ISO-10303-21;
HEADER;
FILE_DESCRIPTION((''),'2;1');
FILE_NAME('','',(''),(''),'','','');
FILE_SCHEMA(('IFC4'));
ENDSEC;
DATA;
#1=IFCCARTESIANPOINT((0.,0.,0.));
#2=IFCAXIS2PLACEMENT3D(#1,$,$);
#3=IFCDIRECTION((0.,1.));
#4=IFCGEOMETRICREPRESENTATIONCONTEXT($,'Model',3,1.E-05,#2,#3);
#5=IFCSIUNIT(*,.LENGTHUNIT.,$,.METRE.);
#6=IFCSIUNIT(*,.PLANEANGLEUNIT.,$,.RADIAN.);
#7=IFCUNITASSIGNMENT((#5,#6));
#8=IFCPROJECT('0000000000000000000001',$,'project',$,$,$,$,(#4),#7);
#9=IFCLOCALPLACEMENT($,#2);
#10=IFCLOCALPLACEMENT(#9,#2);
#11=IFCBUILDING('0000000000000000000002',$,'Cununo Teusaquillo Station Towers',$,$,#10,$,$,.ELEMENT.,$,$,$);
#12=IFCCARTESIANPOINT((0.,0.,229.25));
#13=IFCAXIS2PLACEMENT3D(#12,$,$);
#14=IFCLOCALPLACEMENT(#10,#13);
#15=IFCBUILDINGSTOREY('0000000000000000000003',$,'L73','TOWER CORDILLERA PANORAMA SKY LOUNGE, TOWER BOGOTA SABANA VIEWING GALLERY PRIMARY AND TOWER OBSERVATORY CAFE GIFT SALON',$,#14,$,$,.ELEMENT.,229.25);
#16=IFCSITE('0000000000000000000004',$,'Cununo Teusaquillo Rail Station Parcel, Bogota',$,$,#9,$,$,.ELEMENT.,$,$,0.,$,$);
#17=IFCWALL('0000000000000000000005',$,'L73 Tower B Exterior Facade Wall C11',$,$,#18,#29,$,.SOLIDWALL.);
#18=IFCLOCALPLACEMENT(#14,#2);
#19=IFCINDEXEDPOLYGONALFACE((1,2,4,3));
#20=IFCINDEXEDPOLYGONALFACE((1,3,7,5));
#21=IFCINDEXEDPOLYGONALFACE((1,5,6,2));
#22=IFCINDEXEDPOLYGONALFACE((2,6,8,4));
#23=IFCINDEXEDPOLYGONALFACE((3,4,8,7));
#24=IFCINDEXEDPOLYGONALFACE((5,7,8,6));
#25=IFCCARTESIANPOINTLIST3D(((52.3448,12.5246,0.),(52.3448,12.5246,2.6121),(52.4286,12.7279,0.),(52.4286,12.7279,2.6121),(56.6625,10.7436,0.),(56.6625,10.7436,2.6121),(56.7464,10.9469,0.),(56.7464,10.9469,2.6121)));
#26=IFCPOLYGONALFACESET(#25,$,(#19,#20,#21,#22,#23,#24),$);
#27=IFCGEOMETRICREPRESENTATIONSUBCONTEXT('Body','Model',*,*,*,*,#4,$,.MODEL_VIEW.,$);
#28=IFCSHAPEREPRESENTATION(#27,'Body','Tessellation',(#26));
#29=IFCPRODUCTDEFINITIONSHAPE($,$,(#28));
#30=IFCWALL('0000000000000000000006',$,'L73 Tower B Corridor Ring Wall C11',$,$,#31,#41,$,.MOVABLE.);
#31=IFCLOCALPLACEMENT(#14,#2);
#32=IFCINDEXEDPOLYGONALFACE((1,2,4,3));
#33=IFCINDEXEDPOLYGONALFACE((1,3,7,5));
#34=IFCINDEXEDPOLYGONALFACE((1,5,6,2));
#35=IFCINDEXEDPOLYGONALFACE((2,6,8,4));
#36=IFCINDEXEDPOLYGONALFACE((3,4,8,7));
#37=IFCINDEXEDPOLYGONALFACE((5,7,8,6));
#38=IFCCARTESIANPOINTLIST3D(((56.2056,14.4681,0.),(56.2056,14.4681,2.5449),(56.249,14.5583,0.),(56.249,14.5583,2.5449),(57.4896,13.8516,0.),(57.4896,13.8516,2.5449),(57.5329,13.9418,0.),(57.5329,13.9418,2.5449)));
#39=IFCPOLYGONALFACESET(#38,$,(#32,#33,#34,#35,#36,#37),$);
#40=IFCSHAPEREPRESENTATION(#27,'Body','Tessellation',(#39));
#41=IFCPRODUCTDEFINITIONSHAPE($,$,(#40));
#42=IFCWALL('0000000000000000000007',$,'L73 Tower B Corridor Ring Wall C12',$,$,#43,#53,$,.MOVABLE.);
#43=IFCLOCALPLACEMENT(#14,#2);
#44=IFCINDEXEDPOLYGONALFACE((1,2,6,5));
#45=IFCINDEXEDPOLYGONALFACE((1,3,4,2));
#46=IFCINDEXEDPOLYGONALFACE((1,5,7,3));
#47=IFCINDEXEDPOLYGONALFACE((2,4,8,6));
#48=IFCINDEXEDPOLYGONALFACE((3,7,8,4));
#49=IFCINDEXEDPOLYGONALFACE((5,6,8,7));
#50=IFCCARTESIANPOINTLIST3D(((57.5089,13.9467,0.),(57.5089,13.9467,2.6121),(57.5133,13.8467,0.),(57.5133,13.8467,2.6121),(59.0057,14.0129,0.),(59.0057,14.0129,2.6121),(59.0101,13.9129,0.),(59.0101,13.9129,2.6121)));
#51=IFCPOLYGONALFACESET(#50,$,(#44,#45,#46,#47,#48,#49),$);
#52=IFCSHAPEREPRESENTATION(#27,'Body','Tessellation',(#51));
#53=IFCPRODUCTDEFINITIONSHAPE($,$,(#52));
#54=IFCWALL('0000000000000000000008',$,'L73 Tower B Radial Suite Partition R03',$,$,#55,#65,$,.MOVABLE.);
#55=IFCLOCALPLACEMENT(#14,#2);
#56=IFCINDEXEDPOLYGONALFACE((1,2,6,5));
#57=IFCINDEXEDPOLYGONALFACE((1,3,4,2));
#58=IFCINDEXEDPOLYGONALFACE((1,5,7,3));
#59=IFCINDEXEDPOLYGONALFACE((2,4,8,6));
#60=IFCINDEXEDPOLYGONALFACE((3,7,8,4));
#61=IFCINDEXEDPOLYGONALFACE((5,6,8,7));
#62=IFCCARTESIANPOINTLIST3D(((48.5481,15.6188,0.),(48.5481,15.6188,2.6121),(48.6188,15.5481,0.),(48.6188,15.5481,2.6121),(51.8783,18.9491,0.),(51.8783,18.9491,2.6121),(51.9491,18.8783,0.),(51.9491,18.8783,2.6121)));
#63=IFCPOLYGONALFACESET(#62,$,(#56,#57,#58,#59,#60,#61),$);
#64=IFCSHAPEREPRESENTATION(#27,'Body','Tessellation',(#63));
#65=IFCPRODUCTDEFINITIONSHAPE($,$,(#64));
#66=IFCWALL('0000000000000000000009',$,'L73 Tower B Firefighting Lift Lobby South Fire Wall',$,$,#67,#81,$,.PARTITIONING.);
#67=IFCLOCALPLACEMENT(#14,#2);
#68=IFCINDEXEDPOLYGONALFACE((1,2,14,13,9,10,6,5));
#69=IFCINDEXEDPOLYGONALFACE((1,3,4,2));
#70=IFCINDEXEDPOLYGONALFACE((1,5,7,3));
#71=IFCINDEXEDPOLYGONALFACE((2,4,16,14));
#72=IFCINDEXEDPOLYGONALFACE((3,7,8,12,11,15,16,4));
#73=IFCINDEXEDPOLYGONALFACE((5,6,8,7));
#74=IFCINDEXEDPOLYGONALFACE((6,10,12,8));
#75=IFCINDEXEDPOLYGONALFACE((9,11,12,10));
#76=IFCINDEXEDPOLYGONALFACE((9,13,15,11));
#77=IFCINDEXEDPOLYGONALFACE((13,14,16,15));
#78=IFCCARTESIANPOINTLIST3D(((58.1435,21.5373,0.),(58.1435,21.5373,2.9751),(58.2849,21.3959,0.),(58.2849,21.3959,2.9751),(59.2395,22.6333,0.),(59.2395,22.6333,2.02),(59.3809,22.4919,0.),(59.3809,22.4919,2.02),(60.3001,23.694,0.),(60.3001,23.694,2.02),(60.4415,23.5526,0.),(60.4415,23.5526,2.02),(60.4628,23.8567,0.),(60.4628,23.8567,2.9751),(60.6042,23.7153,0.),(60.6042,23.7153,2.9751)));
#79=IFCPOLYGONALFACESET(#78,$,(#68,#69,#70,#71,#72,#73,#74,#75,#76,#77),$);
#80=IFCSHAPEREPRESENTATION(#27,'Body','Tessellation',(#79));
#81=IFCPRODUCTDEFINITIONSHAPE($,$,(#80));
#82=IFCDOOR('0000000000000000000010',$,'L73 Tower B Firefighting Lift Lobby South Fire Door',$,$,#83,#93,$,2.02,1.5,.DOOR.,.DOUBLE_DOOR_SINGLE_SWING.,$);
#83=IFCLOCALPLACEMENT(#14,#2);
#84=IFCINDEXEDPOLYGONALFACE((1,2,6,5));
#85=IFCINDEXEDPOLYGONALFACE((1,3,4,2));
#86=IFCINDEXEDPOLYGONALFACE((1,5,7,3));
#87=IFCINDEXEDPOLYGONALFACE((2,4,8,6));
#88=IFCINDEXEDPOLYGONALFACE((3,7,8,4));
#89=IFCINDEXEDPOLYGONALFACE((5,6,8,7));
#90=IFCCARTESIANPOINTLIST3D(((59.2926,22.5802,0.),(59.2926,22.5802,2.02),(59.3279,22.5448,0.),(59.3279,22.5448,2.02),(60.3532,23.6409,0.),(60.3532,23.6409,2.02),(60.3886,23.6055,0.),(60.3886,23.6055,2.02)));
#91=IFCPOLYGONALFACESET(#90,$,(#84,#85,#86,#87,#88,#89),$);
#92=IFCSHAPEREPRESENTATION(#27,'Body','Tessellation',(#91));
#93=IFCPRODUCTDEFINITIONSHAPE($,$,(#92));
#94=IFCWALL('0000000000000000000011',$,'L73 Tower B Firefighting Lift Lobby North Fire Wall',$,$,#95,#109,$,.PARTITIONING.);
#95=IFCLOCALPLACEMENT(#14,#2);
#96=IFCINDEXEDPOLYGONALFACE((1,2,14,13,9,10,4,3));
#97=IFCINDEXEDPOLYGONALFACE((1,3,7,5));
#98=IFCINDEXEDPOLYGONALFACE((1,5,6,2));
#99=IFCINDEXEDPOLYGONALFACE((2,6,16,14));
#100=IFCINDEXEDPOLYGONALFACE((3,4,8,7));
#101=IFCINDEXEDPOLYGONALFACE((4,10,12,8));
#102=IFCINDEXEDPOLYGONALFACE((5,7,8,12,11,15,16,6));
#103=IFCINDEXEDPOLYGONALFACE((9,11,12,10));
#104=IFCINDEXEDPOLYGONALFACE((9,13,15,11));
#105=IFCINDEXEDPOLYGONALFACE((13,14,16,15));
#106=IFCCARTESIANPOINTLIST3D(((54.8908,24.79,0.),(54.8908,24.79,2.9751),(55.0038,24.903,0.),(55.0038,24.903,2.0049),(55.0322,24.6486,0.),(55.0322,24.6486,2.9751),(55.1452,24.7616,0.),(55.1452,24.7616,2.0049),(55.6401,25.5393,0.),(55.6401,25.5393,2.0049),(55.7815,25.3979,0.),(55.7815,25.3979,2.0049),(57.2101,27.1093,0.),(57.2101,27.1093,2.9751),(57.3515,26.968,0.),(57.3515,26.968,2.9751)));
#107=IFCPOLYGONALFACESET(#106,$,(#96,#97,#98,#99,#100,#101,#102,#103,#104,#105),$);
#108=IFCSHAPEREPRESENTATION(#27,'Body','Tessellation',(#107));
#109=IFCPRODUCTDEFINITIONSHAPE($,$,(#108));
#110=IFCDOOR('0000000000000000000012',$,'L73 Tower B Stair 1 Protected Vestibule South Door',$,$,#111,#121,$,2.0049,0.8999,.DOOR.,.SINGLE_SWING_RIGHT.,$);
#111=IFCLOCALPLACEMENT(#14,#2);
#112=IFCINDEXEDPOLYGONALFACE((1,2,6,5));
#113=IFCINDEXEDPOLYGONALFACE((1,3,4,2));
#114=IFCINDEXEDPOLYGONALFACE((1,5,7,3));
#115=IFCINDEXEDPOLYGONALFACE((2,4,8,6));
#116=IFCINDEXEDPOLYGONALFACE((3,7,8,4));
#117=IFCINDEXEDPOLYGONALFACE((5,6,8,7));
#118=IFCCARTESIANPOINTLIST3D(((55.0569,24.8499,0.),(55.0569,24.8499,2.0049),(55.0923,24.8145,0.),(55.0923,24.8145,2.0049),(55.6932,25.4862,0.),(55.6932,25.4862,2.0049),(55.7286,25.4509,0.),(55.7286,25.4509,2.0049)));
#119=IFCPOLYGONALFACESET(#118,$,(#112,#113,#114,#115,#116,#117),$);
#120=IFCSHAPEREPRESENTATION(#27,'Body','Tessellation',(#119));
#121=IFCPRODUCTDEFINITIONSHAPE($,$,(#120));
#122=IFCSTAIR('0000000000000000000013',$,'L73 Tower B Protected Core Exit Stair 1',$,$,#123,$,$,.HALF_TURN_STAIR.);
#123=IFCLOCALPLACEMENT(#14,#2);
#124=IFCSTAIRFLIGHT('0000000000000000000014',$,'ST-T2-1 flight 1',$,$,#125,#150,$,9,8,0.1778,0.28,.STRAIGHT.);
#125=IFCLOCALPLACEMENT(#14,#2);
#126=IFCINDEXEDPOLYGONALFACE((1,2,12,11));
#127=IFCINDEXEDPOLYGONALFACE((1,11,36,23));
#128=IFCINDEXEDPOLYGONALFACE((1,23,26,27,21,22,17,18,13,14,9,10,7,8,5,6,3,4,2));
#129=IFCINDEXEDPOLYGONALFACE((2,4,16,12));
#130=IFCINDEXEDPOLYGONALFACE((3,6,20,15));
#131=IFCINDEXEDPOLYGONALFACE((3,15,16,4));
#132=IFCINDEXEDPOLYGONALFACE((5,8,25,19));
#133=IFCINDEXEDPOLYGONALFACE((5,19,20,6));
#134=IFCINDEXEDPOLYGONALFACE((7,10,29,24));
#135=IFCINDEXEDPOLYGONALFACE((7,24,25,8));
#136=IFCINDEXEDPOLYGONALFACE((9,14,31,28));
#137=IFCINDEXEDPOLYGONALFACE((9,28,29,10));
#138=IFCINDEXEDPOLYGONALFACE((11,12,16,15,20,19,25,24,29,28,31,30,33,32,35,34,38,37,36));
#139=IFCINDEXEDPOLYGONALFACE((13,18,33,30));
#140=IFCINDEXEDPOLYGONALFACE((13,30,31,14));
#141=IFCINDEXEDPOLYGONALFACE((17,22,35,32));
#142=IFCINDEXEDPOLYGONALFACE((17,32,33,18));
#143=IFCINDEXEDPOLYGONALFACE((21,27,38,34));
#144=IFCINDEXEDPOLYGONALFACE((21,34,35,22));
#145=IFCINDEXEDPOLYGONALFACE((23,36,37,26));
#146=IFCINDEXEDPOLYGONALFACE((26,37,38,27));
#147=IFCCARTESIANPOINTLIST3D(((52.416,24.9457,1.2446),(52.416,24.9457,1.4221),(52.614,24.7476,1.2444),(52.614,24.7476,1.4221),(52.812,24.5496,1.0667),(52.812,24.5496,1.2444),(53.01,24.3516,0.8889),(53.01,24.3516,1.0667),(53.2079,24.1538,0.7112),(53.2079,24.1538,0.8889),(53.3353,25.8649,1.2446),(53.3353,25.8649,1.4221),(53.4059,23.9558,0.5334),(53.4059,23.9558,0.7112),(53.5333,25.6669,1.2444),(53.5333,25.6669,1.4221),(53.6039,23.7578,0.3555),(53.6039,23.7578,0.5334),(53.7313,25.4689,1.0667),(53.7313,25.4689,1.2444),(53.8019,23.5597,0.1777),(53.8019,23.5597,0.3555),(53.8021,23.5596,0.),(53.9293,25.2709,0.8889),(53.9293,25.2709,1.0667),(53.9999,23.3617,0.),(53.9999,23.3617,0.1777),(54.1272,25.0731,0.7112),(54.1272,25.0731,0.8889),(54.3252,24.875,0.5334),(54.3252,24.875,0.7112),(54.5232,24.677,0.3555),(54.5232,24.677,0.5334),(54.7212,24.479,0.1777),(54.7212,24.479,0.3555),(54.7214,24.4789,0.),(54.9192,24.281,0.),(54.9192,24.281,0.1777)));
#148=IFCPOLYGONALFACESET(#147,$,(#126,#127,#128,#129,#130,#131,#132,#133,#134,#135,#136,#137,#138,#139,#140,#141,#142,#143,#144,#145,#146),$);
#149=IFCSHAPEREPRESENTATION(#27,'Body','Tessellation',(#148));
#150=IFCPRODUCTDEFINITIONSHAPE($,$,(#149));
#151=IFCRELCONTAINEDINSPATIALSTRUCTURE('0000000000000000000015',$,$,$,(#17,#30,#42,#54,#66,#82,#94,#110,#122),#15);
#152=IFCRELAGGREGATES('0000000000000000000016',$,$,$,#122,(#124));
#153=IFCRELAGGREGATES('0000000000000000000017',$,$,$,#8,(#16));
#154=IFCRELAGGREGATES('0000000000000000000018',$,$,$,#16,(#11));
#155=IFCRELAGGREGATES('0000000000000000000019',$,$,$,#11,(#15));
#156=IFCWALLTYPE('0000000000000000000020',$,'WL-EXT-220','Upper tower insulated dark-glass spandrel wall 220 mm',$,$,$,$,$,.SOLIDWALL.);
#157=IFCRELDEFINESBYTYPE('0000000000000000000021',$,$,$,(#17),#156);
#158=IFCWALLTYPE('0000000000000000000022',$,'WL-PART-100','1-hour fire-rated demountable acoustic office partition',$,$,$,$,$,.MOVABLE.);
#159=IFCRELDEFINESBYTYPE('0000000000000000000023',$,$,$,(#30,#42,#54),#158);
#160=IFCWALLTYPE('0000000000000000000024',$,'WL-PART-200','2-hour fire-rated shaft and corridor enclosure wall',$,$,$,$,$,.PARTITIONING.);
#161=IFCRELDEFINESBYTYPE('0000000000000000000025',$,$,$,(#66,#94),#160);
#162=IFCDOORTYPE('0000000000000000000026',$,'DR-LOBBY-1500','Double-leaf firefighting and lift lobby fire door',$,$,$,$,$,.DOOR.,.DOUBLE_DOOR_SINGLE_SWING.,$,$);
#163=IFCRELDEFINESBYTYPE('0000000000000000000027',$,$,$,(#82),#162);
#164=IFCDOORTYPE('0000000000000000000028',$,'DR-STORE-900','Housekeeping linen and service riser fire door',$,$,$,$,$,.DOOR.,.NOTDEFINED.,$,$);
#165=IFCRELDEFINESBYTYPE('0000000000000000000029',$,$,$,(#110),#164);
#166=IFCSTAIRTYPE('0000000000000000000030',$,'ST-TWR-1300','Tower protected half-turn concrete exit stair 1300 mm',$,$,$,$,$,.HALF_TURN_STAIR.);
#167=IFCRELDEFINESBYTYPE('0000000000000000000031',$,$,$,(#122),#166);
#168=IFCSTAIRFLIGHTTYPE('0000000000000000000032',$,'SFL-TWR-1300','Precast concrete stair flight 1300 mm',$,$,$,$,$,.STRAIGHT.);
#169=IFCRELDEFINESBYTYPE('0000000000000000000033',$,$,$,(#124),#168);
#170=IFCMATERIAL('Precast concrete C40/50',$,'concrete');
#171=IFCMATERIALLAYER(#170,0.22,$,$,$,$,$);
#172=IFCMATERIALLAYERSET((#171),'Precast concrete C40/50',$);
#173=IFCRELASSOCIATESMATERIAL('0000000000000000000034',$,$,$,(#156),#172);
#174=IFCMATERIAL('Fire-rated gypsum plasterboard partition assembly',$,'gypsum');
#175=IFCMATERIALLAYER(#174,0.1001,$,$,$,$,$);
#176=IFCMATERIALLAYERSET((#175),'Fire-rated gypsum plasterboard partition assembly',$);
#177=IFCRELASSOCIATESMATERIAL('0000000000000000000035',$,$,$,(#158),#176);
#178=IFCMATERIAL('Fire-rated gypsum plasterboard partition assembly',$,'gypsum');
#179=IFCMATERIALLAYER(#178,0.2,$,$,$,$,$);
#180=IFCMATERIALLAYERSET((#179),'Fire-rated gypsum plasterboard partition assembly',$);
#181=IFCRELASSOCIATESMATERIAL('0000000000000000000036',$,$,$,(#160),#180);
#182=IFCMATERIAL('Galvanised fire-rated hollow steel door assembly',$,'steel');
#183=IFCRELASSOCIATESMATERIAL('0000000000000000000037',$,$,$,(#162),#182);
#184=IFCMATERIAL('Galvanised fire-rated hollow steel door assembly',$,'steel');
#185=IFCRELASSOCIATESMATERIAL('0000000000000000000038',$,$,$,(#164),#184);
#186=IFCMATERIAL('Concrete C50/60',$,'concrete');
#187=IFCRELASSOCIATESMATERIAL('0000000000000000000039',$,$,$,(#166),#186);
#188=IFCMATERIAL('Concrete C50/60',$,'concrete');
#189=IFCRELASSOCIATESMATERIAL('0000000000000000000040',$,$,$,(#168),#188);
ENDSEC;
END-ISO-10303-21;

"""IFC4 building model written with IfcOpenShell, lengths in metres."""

from ifc_helpers import new_model, si_unit, direction, frame, frame_2d, origin, place, context, subcontext, project, spatial, polyline, rectangle, outline, extrude, source, transform, mapped, material, layer, layer_set, type_object, element, fill, aggregate, save


model = new_model("IFC4")

# Units and contexts
model_context = context("Model", 3, precision=1e-05, world=origin(), true_north=direction((0.0, 1.0)))
body_context = subcontext(model_context, "Body", "Model", "MODEL_VIEW")
ifc_project = project(units=[si_unit("LENGTHUNIT", "METRE"), si_unit("PLANEANGLEUNIT", "RADIAN")], contexts=[model_context])

# Site, building, storey
site_placement = place(None, origin())
site = spatial("IfcSite", under=ifc_project, at=site_placement, Name="Cununo Teusaquillo Rail Station Parcel, Bogota", CompositionType="ELEMENT", RefElevation=0.0)
building_placement = place(site_placement, origin())
building = spatial("IfcBuilding", under=site, at=building_placement, Name="Cununo Teusaquillo Station Towers", CompositionType="ELEMENT")
storey_placement = place(building_placement, frame((0.0, 0.0, 229.25)))
storey = spatial("IfcBuildingStorey", under=building, at=storey_placement, Name="L73", Description="TOWER CORDILLERA PANORAMA SKY LOUNGE, TOWER BOGOTA SABANA VIEWING GALLERY PRIMARY AND TOWER OBSERVATORY CAFE GIFT SALON", CompositionType="ELEMENT", Elevation=229.25)

# Shared definitions
ifc_material_1 = material(Name="Precast concrete C40/50", Category="concrete")
ifc_layer_1 = layer(ifc_material_1, 0.22)
ifc_layer_set_1 = layer_set([ifc_layer_1], Name="Precast concrete C40/50")
wall_type_1 = type_object("IfcWallType", Name="WL-EXT-220", Description="Upper tower insulated dark-glass spandrel wall 220 mm", PredefinedType="SOLIDWALL", material=ifc_layer_set_1)

# Walls
wall_1_placement = place(storey_placement, frame((56.7046, 10.8452, 0.0), z_axis=(0.0, 0.0, 1.0), x_axis=(-0.924447, 0.38131, 0.0)))
element("IfcWall", 1, at=wall_1_placement, inside=storey, type_object=wall_type_1, Name="L73 Tower B Exterior Facade Wall C11", PredefinedType="SOLIDWALL", context=body_context, shape_type="SweptSolid", body=[
    extrude(rectangle(XDim=4.6707, YDim=0.22, at=frame_2d((2.3354, 0.0))), origin(), (0.0, 0.0, 1.0), 2.6121),
])
ifc_material_2 = material(Name="Fire-rated gypsum plasterboard partition assembly", Category="gypsum")
ifc_layer_2 = layer(ifc_material_2, 0.1001)
ifc_layer_set_2 = layer_set([ifc_layer_2], Name="Fire-rated gypsum plasterboard partition assembly")
wall_type_2 = type_object("IfcWallType", Name="WL-PART-100", Description="1-hour fire-rated demountable acoustic office partition", PredefinedType="MOVABLE", material=ifc_layer_set_2)
wall_2_placement = place(storey_placement, frame((56.2273, 14.5132, 0.0), z_axis=(0.0, 0.0, 1.0), x_axis=(0.901478, -0.432826, 0.0)))
element("IfcWall", 2, at=wall_2_placement, inside=storey, type_object=wall_type_2, Name="L73 Tower B Corridor Ring Wall C11", PredefinedType="MOVABLE", context=body_context, shape_type="SweptSolid", body=[
    extrude(rectangle(XDim=1.4243, YDim=0.1001, at=frame_2d((0.7122, 0.0))), origin(), (0.0, 0.0, 1.0), 2.5449),
])
wall_3_placement = place(storey_placement, frame((57.5112, 13.8967, 0.0), z_axis=(0.0, 0.0, 1.0), x_axis=(0.999025, 0.044158, 0.0)))
element("IfcWall", 3, at=wall_3_placement, inside=storey, type_object=wall_type_2, Name="L73 Tower B Corridor Ring Wall C12", PredefinedType="MOVABLE", context=body_context, shape_type="SweptSolid", body=[
    extrude(rectangle(XDim=1.4983, YDim=0.1001, at=frame_2d((0.749, 0.0))), origin(), (0.0, 0.0, 1.0), 2.6121),
])
wall_4_placement = place(storey_placement, frame((51.9138, 18.9138, 0.0), z_axis=(0.0, 0.0, 1.0), x_axis=(-0.707107, -0.707107, 0.0)))
element("IfcWall", 4, at=wall_4_placement, inside=storey, type_object=wall_type_2, Name="L73 Tower B Radial Suite Partition R03", PredefinedType="MOVABLE", context=body_context, shape_type="SweptSolid", body=[
    extrude(rectangle(XDim=4.7097, YDim=0.1001, at=frame_2d((2.355, 0.0))), origin(), (0.0, 0.0, 1.0), 2.6121),
])

# Walls, openings, doors
ifc_material_3 = material(Name="Fire-rated gypsum plasterboard partition assembly", Category="gypsum")
ifc_layer_3 = layer(ifc_material_3, 0.2)
ifc_layer_set_3 = layer_set([ifc_layer_3], Name="Fire-rated gypsum plasterboard partition assembly")
wall_type_3 = type_object("IfcWallType", Name="WL-PART-200", Description="2-hour fire-rated shaft and corridor enclosure wall", PredefinedType="PARTITIONING", material=ifc_layer_set_3)
wall_5_placement = place(storey_placement, frame((58.2141, 21.4666, 0.0), z_axis=(0.0, 0.0, 1.0), x_axis=(0.707107, 0.707107, 0.0)))
wall_5 = element("IfcWall", 5, at=wall_5_placement, inside=storey, type_object=wall_type_3, Name="L73 Tower B Firefighting Lift Lobby South Fire Wall", PredefinedType="PARTITIONING", context=body_context, shape_type="SweptSolid", body=[
    extrude(rectangle(XDim=3.28, YDim=0.2, at=frame_2d((1.6401, 0.0))), origin(), (0.0, 0.0, 1.0), 2.9751),
])
shared_shape_1 = source(origin(), body_context, "Body", "SweptSolid", [
    extrude(rectangle(XDim=1.5, YDim=2.02, at=frame_2d((0.75, 1.01))), frame((0.0, 0.1099, 0.0), z_axis=(0.0, -1.0, 0.0), x_axis=(1.0, 0.0, 0.0)), (0.0, 0.0, 1.0), 0.22),
])
opening_1_placement = place(wall_5_placement, frame((1.55, 0.0, 0.0)))
opening_1 = element("IfcOpeningElement", 6, at=opening_1_placement, cuts=wall_5, PredefinedType="OPENING", context=body_context, shape_type="MappedRepresentation", body=[
    mapped(shared_shape_1, transform((0.0, 0.0, 0.0), x_axis=(1.0, 0.0, 0.0), y_axis=(0.0, 1.0, 0.0), z_axis=(0.0, 0.0, 1.0), scale=1.0)),
])
ifc_material_4 = material(Name="Galvanised fire-rated hollow steel door assembly", Category="steel")
door_type_1 = type_object("IfcDoorType", Name="DR-LOBBY-1500", Description="Double-leaf firefighting and lift lobby fire door", OperationType="DOUBLE_DOOR_SINGLE_SWING", PredefinedType="DOOR", material=ifc_material_4)
shared_shape_2 = source(origin(), body_context, "Body", "SweptSolid", [
    extrude(rectangle(XDim=1.5, YDim=2.02, at=frame_2d((0.75, 1.01))), frame((0.0, 0.0249, 0.0), z_axis=(0.0, -1.0, 0.0), x_axis=(1.0, 0.0, 0.0)), (0.0, 0.0, 1.0), 0.05),
])
door_1_placement = place(opening_1_placement, origin())
door_1 = element("IfcDoor", 7, at=door_1_placement, inside=storey, type_object=door_type_1, Name="L73 Tower B Firefighting Lift Lobby South Fire Door", OperationType="DOUBLE_DOOR_SINGLE_SWING", OverallHeight=2.02, OverallWidth=1.5, PredefinedType="DOOR", context=body_context, shape_type="MappedRepresentation", body=[
    mapped(shared_shape_2, transform((0.0, 0.0, 0.0), x_axis=(1.0, 0.0, 0.0), y_axis=(0.0, 1.0, 0.0), z_axis=(0.0, 0.0, 1.0), scale=1.0)),
])
fill(opening_1, door_1)
wall_6_placement = place(storey_placement, frame((54.9614, 24.7192, 0.0), z_axis=(0.0, 0.0, 1.0), x_axis=(0.707107, 0.707107, 0.0)))
wall_6 = element("IfcWall", 8, at=wall_6_placement, inside=storey, type_object=wall_type_3, Name="L73 Tower B Firefighting Lift Lobby North Fire Wall", PredefinedType="PARTITIONING", context=body_context, shape_type="SweptSolid", body=[
    extrude(rectangle(XDim=3.28, YDim=0.2, at=frame_2d((1.6401, 0.0))), origin(), (0.0, 0.0, 1.0), 2.9751),
])
shared_shape_3 = source(origin(), body_context, "Body", "SweptSolid", [
    extrude(rectangle(XDim=0.8999, YDim=2.0049, at=frame_2d((0.45, 1.0024))), frame((0.0, 0.1099, 0.0), z_axis=(0.0, -1.0, 0.0), x_axis=(1.0, 0.0, 0.0)), (0.0, 0.0, 1.0), 0.22),
])
opening_2_placement = place(wall_6_placement, frame((0.1599, 0.0, 0.0)))
opening_2 = element("IfcOpeningElement", 9, at=opening_2_placement, cuts=wall_6, PredefinedType="OPENING", context=body_context, shape_type="MappedRepresentation", body=[
    mapped(shared_shape_3, transform((0.0, 0.0, 0.0), x_axis=(1.0, 0.0, 0.0), y_axis=(0.0, 1.0, 0.0), z_axis=(0.0, 0.0, 1.0), scale=1.0)),
])
ifc_material_5 = material(Name="Galvanised fire-rated hollow steel door assembly", Category="steel")
door_type_2 = type_object("IfcDoorType", Name="DR-STORE-900", Description="Housekeeping linen and service riser fire door", OperationType="NOTDEFINED", PredefinedType="DOOR", material=ifc_material_5)
shared_shape_4 = source(origin(), body_context, "Body", "SweptSolid", [
    extrude(rectangle(XDim=0.8999, YDim=2.0049, at=frame_2d((0.45, 1.0024))), frame((0.0, 0.0249, 0.0), z_axis=(0.0, -1.0, 0.0), x_axis=(1.0, 0.0, 0.0)), (0.0, 0.0, 1.0), 0.05),
])
door_2_placement = place(opening_2_placement, origin())
door_2 = element("IfcDoor", 10, at=door_2_placement, inside=storey, type_object=door_type_2, Name="L73 Tower B Stair 1 Protected Vestibule South Door", OperationType="SINGLE_SWING_RIGHT", OverallHeight=2.0049, OverallWidth=0.8999, PredefinedType="DOOR", context=body_context, shape_type="MappedRepresentation", body=[
    mapped(shared_shape_4, transform((0.0, 0.0, 0.0), x_axis=(1.0, 0.0, 0.0), y_axis=(0.0, 1.0, 0.0), z_axis=(0.0, 0.0, 1.0), scale=1.0)),
])
fill(opening_2, door_2)

# Stair, stair flight
ifc_material_6 = material(Name="Concrete C50/60", Category="concrete")
stair_type = type_object("IfcStairType", Name="ST-TWR-1300", Description="Tower protected half-turn concrete exit stair 1300 mm", PredefinedType="HALF_TURN_STAIR", material=ifc_material_6)
stair_placement = place(storey_placement, origin())
stair = element("IfcStair", 11, at=stair_placement, inside=storey, type_object=stair_type, Name="L73 Tower B Protected Core Exit Stair 1", PredefinedType="HALF_TURN_STAIR")
ifc_material_7 = material(Name="Concrete C50/60", Category="concrete")
stair_flight_type = type_object("IfcStairFlightType", Name="SFL-TWR-1300", Description="Precast concrete stair flight 1300 mm", PredefinedType="STRAIGHT", material=ifc_material_7)
stair_flight_placement = place(storey_placement, frame((54.4595, 23.8213, 0.0), z_axis=(0.0, 0.0, 1.0), x_axis=(-0.707107, 0.707107, 0.0)))
stair_flight = element("IfcStairFlight", 12, at=stair_flight_placement, type_object=stair_flight_type, Name="ST-T2-1 flight 1", NumberOfRisers=9, NumberOfTreads=8, PredefinedType="STRAIGHT", RiserHeight=0.1778, TreadLength=0.28, context=body_context, shape_type="SweptSolid", body=[
    extrude(outline(polyline([(0.0, 0.0), (0.0, 0.1777), (0.28, 0.1777), (0.28, 0.3555), (0.5601, 0.3555), (0.5601, 0.5334), (0.8401, 0.5334), (0.8401, 0.7112), (1.1201, 0.7112), (1.1201, 0.8889), (1.3999, 0.8889), (1.3999, 1.0667), (1.6799, 1.0667), (1.6799, 1.2444), (1.96, 1.2444), (1.96, 1.4221), (2.24, 1.4221), (2.24, 1.6001), (2.24, 1.2446), (0.2798, 0.0), (0.0, 0.0)])), frame((0.0, 0.6499, 0.0), z_axis=(0.0, -1.0, 0.0), x_axis=(1.0, 0.0, 0.0)), (0.0, 0.0, 1.0), 1.3),
])
aggregate(stair, [stair_flight])

save(model, "model.ifc")
